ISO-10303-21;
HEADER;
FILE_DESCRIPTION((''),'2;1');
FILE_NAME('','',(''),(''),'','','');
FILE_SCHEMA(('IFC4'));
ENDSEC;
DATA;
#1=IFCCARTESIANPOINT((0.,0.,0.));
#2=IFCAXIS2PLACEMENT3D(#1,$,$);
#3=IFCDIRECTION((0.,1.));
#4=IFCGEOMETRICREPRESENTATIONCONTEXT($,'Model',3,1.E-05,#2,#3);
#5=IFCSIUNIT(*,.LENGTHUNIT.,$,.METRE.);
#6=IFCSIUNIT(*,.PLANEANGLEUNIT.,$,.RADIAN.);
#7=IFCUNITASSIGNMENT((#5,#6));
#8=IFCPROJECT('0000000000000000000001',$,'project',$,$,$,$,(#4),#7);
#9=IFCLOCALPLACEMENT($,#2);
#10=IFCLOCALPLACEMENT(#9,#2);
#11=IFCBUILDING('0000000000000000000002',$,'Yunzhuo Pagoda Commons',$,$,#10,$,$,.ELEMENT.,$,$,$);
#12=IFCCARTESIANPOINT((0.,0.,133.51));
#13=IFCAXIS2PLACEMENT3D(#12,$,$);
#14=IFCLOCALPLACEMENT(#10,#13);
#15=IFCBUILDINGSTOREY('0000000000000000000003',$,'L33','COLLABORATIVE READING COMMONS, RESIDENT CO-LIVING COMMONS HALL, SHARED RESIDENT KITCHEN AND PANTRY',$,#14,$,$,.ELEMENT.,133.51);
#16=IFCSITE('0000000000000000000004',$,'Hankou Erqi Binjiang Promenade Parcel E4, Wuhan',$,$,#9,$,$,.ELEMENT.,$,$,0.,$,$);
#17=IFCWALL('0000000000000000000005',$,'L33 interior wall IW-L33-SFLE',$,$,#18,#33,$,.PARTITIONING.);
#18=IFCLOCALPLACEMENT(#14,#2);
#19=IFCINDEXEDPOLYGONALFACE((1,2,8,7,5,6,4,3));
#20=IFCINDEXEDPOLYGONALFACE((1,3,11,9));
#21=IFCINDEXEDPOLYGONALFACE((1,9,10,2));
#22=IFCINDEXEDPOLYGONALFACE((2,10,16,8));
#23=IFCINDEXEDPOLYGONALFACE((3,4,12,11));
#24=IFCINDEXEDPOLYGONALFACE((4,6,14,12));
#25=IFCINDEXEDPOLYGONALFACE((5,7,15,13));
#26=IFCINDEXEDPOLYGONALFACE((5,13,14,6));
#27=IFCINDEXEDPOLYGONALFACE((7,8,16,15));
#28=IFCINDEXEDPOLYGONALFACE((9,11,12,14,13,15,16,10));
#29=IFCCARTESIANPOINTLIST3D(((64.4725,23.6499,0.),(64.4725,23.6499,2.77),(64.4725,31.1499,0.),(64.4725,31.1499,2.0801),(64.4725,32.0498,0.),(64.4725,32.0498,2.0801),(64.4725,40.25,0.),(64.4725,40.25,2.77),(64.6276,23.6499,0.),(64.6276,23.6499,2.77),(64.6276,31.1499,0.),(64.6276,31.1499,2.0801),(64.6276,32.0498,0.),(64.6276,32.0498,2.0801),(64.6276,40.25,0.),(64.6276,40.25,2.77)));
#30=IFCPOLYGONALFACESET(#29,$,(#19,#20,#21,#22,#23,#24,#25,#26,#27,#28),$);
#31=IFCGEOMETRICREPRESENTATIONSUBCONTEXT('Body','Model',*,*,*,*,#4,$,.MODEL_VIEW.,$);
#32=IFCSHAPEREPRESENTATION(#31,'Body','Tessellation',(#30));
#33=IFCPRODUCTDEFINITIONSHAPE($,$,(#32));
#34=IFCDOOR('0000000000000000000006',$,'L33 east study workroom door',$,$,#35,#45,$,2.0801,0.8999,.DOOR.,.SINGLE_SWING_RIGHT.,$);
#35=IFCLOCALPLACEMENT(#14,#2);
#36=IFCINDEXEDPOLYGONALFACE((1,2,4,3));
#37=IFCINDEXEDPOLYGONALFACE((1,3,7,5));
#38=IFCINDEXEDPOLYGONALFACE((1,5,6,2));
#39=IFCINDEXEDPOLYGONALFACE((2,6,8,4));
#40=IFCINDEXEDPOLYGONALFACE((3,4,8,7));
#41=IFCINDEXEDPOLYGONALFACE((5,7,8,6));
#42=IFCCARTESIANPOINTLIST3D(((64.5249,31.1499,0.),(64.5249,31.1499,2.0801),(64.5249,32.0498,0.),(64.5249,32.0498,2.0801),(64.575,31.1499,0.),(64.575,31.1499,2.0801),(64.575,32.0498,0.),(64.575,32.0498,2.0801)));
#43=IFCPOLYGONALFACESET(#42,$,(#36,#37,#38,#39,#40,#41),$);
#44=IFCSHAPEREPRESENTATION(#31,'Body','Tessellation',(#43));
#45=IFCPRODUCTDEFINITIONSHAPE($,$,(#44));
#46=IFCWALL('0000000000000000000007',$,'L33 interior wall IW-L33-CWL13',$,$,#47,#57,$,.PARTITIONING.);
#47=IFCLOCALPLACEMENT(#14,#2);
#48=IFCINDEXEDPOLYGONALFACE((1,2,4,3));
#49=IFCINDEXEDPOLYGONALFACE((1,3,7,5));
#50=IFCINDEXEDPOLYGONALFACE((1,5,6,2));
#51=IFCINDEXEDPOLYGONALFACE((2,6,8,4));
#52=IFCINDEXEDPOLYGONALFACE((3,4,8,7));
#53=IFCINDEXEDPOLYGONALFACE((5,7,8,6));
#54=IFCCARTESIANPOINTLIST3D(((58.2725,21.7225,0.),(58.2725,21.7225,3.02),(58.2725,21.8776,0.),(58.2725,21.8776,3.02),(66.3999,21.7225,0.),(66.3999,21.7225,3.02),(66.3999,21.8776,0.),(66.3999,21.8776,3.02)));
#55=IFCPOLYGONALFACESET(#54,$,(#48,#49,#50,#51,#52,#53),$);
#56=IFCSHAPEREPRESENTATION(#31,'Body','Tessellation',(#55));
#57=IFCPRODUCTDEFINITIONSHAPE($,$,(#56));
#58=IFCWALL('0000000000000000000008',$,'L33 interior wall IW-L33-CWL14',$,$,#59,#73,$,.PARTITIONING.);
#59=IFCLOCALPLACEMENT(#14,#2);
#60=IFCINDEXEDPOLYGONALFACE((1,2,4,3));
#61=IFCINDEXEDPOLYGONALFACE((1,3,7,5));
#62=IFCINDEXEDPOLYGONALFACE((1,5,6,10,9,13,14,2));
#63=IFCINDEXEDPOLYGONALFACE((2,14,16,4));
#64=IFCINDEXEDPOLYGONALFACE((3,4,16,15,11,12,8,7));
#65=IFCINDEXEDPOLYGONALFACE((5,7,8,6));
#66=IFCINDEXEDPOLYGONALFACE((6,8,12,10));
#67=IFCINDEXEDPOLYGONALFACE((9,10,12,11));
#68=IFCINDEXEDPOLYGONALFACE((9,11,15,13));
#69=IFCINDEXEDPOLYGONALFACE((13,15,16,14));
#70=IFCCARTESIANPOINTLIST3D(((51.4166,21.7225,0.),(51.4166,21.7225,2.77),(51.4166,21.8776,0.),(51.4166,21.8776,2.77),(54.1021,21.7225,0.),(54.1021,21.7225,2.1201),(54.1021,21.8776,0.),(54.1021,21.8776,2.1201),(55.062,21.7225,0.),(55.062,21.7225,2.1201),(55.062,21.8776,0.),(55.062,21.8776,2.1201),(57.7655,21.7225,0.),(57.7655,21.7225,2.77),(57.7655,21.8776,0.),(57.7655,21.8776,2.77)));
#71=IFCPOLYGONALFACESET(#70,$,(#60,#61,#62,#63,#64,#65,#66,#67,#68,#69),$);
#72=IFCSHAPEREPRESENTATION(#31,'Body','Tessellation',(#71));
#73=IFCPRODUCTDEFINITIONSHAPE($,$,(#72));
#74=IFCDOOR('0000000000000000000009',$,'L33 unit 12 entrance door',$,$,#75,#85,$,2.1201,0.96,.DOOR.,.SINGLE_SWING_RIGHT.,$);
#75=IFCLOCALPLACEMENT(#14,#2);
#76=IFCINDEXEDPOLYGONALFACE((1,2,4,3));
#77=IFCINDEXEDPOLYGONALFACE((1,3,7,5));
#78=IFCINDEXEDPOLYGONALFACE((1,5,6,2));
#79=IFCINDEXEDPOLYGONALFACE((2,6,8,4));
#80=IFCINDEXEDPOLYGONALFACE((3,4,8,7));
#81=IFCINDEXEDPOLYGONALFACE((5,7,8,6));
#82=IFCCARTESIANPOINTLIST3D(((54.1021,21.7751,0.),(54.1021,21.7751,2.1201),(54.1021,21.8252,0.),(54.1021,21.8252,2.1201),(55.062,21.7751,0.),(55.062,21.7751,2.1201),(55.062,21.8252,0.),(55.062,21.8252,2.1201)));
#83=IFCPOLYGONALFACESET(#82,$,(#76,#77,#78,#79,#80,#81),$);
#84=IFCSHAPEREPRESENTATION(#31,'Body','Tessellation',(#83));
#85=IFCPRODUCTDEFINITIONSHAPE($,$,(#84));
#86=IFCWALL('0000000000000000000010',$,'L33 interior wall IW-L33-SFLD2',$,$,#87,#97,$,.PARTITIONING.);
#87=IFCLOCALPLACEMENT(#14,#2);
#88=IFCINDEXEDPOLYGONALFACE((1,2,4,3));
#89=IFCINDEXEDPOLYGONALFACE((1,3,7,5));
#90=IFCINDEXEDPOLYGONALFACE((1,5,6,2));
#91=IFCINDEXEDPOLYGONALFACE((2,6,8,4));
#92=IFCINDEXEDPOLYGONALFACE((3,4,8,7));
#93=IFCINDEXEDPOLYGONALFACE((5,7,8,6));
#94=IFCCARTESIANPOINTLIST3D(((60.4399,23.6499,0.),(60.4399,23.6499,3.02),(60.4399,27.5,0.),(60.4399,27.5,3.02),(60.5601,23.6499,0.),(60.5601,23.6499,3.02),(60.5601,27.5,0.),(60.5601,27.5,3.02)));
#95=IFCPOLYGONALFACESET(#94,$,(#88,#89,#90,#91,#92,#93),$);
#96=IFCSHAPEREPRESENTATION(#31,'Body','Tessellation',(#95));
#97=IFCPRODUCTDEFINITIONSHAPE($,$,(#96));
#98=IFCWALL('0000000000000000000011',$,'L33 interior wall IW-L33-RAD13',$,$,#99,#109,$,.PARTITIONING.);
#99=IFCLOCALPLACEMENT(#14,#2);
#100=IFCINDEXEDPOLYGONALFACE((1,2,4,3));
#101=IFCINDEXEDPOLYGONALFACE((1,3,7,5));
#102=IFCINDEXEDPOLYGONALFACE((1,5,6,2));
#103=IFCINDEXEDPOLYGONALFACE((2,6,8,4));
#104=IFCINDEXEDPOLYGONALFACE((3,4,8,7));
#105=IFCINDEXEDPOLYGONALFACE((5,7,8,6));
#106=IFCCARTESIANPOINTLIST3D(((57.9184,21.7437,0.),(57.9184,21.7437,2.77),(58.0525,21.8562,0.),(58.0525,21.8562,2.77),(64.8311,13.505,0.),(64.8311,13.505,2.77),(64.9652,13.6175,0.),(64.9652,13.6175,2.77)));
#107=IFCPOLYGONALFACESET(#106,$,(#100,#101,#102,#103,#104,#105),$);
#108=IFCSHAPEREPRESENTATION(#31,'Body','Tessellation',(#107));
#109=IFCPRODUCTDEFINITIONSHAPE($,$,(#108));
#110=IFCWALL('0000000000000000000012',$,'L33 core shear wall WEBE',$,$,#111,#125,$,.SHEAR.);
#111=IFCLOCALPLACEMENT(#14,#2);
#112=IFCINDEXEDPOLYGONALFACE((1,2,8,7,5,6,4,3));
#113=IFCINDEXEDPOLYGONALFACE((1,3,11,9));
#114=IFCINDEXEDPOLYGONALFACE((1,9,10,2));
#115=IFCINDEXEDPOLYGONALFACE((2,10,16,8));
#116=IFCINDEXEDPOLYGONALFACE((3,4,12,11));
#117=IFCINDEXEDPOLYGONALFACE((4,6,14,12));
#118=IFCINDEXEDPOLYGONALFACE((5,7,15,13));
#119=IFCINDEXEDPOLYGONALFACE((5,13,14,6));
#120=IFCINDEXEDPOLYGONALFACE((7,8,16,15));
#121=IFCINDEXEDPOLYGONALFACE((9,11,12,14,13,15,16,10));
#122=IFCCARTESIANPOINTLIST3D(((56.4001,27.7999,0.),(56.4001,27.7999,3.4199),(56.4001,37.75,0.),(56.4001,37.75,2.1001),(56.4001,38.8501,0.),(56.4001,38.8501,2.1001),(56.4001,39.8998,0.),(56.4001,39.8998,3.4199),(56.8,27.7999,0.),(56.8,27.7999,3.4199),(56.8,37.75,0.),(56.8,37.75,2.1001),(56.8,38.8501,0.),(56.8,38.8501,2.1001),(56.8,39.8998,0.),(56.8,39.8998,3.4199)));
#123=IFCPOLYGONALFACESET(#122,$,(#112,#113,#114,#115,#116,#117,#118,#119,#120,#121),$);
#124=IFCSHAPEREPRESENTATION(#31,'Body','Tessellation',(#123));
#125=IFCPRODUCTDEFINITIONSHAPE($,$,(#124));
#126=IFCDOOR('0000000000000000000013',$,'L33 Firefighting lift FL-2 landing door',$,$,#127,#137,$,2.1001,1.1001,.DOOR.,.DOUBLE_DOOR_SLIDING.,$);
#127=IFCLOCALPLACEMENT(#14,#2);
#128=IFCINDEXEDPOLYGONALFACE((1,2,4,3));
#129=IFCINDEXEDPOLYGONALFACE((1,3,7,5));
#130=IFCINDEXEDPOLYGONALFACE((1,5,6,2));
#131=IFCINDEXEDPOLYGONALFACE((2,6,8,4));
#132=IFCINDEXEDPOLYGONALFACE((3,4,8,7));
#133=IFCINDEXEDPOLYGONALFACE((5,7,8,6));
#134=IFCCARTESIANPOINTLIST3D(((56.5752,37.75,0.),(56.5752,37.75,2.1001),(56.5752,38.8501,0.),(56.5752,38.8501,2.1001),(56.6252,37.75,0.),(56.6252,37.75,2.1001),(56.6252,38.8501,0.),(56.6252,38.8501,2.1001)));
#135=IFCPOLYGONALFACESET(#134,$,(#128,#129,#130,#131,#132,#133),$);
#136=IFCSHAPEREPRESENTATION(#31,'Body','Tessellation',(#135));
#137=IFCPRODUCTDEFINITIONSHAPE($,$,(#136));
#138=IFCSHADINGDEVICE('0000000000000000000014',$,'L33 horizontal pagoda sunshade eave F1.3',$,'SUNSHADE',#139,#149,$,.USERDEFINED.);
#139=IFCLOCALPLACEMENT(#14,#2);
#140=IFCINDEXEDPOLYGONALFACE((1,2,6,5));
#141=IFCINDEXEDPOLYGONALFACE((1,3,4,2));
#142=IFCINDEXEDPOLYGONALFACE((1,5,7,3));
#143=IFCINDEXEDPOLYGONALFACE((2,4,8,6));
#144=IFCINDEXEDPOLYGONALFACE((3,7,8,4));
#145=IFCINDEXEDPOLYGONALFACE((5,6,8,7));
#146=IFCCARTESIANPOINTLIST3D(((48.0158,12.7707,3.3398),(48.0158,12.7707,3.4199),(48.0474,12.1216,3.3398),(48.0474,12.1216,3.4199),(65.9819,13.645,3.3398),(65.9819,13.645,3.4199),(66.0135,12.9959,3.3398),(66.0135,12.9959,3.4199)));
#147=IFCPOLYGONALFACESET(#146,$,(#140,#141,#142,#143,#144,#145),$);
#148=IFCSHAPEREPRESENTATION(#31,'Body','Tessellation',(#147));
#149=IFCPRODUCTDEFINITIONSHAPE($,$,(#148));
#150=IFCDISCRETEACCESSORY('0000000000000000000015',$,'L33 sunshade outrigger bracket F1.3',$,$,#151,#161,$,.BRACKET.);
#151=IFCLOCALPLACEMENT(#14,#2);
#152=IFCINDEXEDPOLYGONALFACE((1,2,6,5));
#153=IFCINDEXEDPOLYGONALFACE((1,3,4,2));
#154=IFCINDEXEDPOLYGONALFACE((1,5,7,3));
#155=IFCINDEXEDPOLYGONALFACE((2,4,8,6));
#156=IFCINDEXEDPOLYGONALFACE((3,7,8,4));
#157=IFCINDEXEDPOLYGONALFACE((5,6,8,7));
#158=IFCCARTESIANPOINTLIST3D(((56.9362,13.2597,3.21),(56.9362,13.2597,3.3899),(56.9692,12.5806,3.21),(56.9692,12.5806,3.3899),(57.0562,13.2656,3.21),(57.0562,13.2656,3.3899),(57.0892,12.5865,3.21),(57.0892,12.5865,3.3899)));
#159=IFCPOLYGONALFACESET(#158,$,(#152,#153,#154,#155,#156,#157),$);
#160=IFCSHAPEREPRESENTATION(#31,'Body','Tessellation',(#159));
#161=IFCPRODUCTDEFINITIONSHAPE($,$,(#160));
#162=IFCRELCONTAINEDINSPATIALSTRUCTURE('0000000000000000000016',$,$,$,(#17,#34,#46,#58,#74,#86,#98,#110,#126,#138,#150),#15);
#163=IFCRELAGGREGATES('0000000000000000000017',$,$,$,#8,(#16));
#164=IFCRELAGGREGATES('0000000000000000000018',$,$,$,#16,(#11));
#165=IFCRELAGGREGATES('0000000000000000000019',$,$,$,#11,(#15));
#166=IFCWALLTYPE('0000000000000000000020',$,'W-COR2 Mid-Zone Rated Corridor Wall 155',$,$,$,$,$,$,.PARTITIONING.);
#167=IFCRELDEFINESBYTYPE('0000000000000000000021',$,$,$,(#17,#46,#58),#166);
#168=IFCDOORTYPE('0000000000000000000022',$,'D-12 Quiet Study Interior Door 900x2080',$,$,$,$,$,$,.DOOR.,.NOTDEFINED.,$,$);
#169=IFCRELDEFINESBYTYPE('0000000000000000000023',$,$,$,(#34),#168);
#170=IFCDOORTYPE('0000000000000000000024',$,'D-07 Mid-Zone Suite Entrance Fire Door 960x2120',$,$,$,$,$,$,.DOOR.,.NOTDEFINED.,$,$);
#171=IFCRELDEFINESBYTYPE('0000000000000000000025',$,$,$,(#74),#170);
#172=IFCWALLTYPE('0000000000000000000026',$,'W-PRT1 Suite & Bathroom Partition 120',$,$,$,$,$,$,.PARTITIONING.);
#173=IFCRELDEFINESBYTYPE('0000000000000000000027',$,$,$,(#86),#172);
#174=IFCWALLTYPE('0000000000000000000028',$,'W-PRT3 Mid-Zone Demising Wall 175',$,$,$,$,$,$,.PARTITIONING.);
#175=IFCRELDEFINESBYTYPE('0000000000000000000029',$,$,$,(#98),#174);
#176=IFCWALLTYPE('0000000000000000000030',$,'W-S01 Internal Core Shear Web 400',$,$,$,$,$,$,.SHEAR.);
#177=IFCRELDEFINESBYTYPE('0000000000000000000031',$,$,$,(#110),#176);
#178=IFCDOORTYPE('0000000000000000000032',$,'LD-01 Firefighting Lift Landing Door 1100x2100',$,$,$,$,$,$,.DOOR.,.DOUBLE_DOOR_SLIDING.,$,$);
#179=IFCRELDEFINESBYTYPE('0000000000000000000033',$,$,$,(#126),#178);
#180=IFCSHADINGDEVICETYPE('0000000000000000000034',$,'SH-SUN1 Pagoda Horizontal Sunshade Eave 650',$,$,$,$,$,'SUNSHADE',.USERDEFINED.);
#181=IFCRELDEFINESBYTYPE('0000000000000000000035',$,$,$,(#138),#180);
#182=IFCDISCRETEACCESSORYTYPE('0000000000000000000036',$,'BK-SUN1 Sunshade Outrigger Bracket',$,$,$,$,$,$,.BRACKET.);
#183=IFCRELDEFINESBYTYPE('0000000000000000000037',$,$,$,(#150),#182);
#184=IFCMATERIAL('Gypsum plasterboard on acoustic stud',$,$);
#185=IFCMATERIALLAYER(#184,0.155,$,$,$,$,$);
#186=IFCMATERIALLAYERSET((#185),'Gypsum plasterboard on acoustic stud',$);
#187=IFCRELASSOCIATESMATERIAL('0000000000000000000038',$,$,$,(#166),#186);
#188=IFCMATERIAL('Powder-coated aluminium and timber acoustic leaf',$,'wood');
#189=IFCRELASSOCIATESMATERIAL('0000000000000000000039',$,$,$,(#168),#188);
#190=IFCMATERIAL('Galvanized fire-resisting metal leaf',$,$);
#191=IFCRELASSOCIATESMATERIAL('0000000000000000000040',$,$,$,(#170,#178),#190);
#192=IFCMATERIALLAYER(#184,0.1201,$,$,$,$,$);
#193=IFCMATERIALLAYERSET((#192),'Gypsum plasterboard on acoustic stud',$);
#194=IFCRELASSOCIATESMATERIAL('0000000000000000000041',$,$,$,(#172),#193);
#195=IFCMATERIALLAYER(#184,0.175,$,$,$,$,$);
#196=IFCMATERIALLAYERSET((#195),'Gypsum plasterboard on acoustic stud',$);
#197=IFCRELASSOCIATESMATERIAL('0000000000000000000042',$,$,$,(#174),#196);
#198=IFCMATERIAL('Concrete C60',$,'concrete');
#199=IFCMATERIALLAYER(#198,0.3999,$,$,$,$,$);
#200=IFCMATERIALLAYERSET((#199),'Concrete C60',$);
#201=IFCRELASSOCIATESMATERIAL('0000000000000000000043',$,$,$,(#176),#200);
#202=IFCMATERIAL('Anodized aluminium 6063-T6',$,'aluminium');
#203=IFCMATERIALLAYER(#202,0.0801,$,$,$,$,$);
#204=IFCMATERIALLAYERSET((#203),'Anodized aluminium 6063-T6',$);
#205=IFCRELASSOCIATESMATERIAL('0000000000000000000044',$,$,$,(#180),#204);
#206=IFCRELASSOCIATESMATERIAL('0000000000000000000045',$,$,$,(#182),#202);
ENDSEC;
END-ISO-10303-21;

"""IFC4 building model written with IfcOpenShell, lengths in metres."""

from ifc_helpers import new_model, si_unit, direction, frame, frame_2d, origin, origin_with_axes, origin_2d, place, context, subcontext, project, spatial, rectangle, extrude, source, transform, mapped, material, layer, layer_set, type_object, element, fill, save


model = new_model("IFC4")

# Units and contexts
model_context = context("Model", 3, precision=1e-05, world=origin(), true_north=direction((0.0, 1.0)))
body_context = subcontext(model_context, "Body", "Model", "MODEL_VIEW")
ifc_project = project(units=[si_unit("LENGTHUNIT", "METRE"), si_unit("PLANEANGLEUNIT", "RADIAN")], contexts=[model_context])

# Site, building, storey
site_placement = place(None, origin())
site = spatial("IfcSite", under=ifc_project, at=site_placement, Name="Hankou Erqi Binjiang Promenade Parcel E4, Wuhan", CompositionType="ELEMENT", RefElevation=0.0)
building_placement = place(site_placement, origin())
building = spatial("IfcBuilding", under=site, at=building_placement, Name="Yunzhuo Pagoda Commons", CompositionType="ELEMENT")
storey_placement = place(building_placement, frame((0.0, 0.0, 133.51)))
storey = spatial("IfcBuildingStorey", under=building, at=storey_placement, Name="L33", Description="COLLABORATIVE READING COMMONS, RESIDENT CO-LIVING COMMONS HALL, SHARED RESIDENT KITCHEN AND PANTRY", CompositionType="ELEMENT", Elevation=133.51)

# Shared definitions
ifc_material_1 = material(Name="Anodized aluminium 6063-T6", Category="aluminium")

# Shared definitions
ifc_material_2 = material(Name="Concrete C60", Category="concrete")

# Wall, opening, door
ifc_material_3 = material(Name="Gypsum plasterboard on acoustic stud")
ifc_layer_1 = layer(ifc_material_3, 0.155)
ifc_layer_set_1 = layer_set([ifc_layer_1], Name="Gypsum plasterboard on acoustic stud")
wall_type_1 = type_object("IfcWallType", Name="W-COR2 Mid-Zone Rated Corridor Wall 155", PredefinedType="PARTITIONING", material=ifc_layer_set_1)
wall_1_placement = place(storey_placement, frame((64.55, 23.6499, 0.0), z_axis=(0.0, 0.0, 1.0), x_axis=(0.0, 1.0, 0.0)))
wall_1 = element("IfcWall", 1, at=wall_1_placement, inside=storey, type_object=wall_type_1, Name="L33 interior wall IW-L33-SFLE", PredefinedType="PARTITIONING", context=body_context, shape_type="SweptSolid", body=[
    extrude(rectangle(XDim=16.6001, YDim=0.155, at=frame_2d((8.3, 0.0))), origin(), (0.0, 0.0, 1.0), 2.77),
])
opening_1_placement = place(wall_1_placement, frame((7.5, 0.0, 0.0)))
opening_1 = element("IfcOpeningElement", 2, at=opening_1_placement, cuts=wall_1, PredefinedType="OPENING", context=body_context, shape_type="SweptSolid", body=[
    extrude(rectangle(XDim=0.8999, YDim=2.0801, at=frame_2d((0.45, 1.04))), frame((0.0, 0.0874, 0.0), z_axis=(0.0, -1.0, 0.0), x_axis=(1.0, 0.0, 0.0)), (0.0, 0.0, 1.0), 0.175),
])
ifc_material_4 = material(Name="Powder-coated aluminium and timber acoustic leaf", Category="wood")
door_type_1 = type_object("IfcDoorType", Name="D-12 Quiet Study Interior Door 900x2080", OperationType="NOTDEFINED", PredefinedType="DOOR", material=ifc_material_4)
shared_shape_1 = source(origin(), body_context, "Body", "SweptSolid", [
    extrude(rectangle(XDim=0.8999, YDim=2.0801, at=frame_2d((0.45, 1.04))), frame((0.0, 0.0249, 0.0), z_axis=(0.0, -1.0, 0.0), x_axis=(1.0, 0.0, 0.0)), (0.0, 0.0, 1.0), 0.05),
])
door_1_placement = place(opening_1_placement, frame((0.8999, 0.0, 0.0), z_axis=(0.0, 0.0, 1.0), x_axis=(-1.0, 0.0, 0.0)))
door_1 = element("IfcDoor", 3, at=door_1_placement, inside=storey, type_object=door_type_1, Name="L33 east study workroom door", OperationType="SINGLE_SWING_RIGHT", OverallHeight=2.0801, OverallWidth=0.8999, PredefinedType="DOOR", context=body_context, shape_type="MappedRepresentation", body=[
    mapped(shared_shape_1, transform((0.0, 0.0, 0.0), scale=1.0)),
])
fill(opening_1, door_1)

# Wall
wall_2_placement = place(storey_placement, frame((66.3999, 21.8, 0.0), z_axis=(0.0, 0.0, 1.0), x_axis=(-1.0, 0.0, 0.0)))
element("IfcWall", 4, at=wall_2_placement, inside=storey, type_object=wall_type_1, Name="L33 interior wall IW-L33-CWL13", PredefinedType="PARTITIONING", context=body_context, shape_type="SweptSolid", body=[
    extrude(rectangle(XDim=8.1274, YDim=0.155, at=frame_2d((4.0637, 0.0))), origin(), (0.0, 0.0, 1.0), 3.02),
])

# Wall, opening, door
wall_3_placement = place(storey_placement, frame((57.7654, 21.8, 0.0), z_axis=(0.0, 0.0, 1.0), x_axis=(-1.0, 0.0, 0.0)))
wall_3 = element("IfcWall", 5, at=wall_3_placement, inside=storey, type_object=wall_type_1, Name="L33 interior wall IW-L33-CWL14", PredefinedType="PARTITIONING", context=body_context, shape_type="SweptSolid", body=[
    extrude(rectangle(XDim=6.3489, YDim=0.155, at=frame_2d((3.1743, 0.0))), origin(), (0.0, 0.0, 1.0), 2.77),
])
opening_2_placement = place(wall_3_placement, frame((2.7034, 0.0, 0.0)))
opening_2 = element("IfcOpeningElement", 6, at=opening_2_placement, cuts=wall_3, PredefinedType="OPENING", context=body_context, shape_type="SweptSolid", body=[
    extrude(rectangle(XDim=0.96, YDim=2.1201, at=frame_2d((0.48, 1.0601))), frame((0.0, 0.0874, 0.0), z_axis=(0.0, -1.0, 0.0), x_axis=(1.0, 0.0, 0.0)), (0.0, 0.0, 1.0), 0.175),
])
ifc_material_5 = material(Name="Galvanized fire-resisting metal leaf")
door_type_2 = type_object("IfcDoorType", Name="D-07 Mid-Zone Suite Entrance Fire Door 960x2120", OperationType="NOTDEFINED", PredefinedType="DOOR", material=ifc_material_5)
shared_shape_2 = source(origin(), body_context, "Body", "SweptSolid", [
    extrude(rectangle(XDim=0.96, YDim=2.1201, at=frame_2d((0.48, 1.0601))), frame((0.0, 0.0249, 0.0), z_axis=(0.0, -1.0, 0.0), x_axis=(1.0, 0.0, 0.0)), (0.0, 0.0, 1.0), 0.05),
])
door_2_placement = place(opening_2_placement, origin_with_axes())
door_2 = element("IfcDoor", 7, at=door_2_placement, inside=storey, type_object=door_type_2, Name="L33 unit 12 entrance door", OperationType="SINGLE_SWING_RIGHT", OverallHeight=2.1201, OverallWidth=0.96, PredefinedType="DOOR", context=body_context, shape_type="MappedRepresentation", body=[
    mapped(shared_shape_2, transform((0.0, 0.0, 0.0), scale=1.0)),
])
fill(opening_2, door_2)

# Walls
ifc_layer_2 = layer(ifc_material_3, 0.1201)
ifc_layer_set_2 = layer_set([ifc_layer_2], Name="Gypsum plasterboard on acoustic stud")
wall_type_2 = type_object("IfcWallType", Name="W-PRT1 Suite & Bathroom Partition 120", PredefinedType="PARTITIONING", material=ifc_layer_set_2)
wall_4_placement = place(storey_placement, frame((60.5, 23.6499, 0.0), z_axis=(0.0, 0.0, 1.0), x_axis=(0.0, 1.0, 0.0)))
element("IfcWall", 8, at=wall_4_placement, inside=storey, type_object=wall_type_2, Name="L33 interior wall IW-L33-SFLD2", PredefinedType="PARTITIONING", context=body_context, shape_type="SweptSolid", body=[
    extrude(rectangle(XDim=3.8501, YDim=0.1201, at=frame_2d((1.925, 0.0))), origin(), (0.0, 0.0, 1.0), 3.02),
])
ifc_layer_3 = layer(ifc_material_3, 0.175)
ifc_layer_set_3 = layer_set([ifc_layer_3], Name="Gypsum plasterboard on acoustic stud")
wall_type_3 = type_object("IfcWallType", Name="W-PRT3 Mid-Zone Demising Wall 175", PredefinedType="PARTITIONING", material=ifc_layer_set_3)
wall_5_placement = place(storey_placement, frame((57.9854, 21.8, 0.0), z_axis=(0.0, 0.0, 1.0), x_axis=(0.642771, -0.766058, 0.0)))
element("IfcWall", 9, at=wall_5_placement, inside=storey, type_object=wall_type_3, Name="L33 interior wall IW-L33-RAD13", PredefinedType="PARTITIONING", context=body_context, shape_type="SweptSolid", body=[
    extrude(rectangle(XDim=10.7546, YDim=0.175, at=frame_2d((5.3774, 0.0))), origin(), (0.0, 0.0, 1.0), 2.77),
])

# Wall, opening, door
ifc_layer_4 = layer(ifc_material_2, 0.3999)
ifc_layer_set_4 = layer_set([ifc_layer_4], Name="Concrete C60")
wall_type_4 = type_object("IfcWallType", Name="W-S01 Internal Core Shear Web 400", PredefinedType="SHEAR", material=ifc_layer_set_4)
wall_6_placement = place(storey_placement, frame((56.6001, 27.8, 0.0), z_axis=(0.0, 0.0, 1.0), x_axis=(0.0, 1.0, 0.0)))
wall_6 = element("IfcWall", 10, at=wall_6_placement, inside=storey, type_object=wall_type_4, Name="L33 core shear wall WEBE", PredefinedType="SHEAR", context=body_context, shape_type="SweptSolid", body=[
    extrude(rectangle(XDim=12.0999, YDim=0.3999, at=frame_2d((6.0498, 0.0))), origin(), (0.0, 0.0, 1.0), 3.4199),
])
opening_3_placement = place(wall_6_placement, frame((9.95, 0.0, 0.0)))
opening_3 = element("IfcOpeningElement", 11, at=opening_3_placement, cuts=wall_6, PredefinedType="OPENING", context=body_context, shape_type="SweptSolid", body=[
    extrude(rectangle(XDim=1.1001, YDim=2.1001, at=frame_2d((0.55, 1.05))), frame((0.0, 0.21, 0.0), z_axis=(0.0, -1.0, 0.0), x_axis=(1.0, 0.0, 0.0)), (0.0, 0.0, 1.0), 0.4199),
])
door_type_3 = type_object("IfcDoorType", Name="LD-01 Firefighting Lift Landing Door 1100x2100", OperationType="DOUBLE_DOOR_SLIDING", PredefinedType="DOOR", material=ifc_material_5)
shared_shape_3 = source(origin(), body_context, "Body", "SweptSolid", [
    extrude(rectangle(XDim=1.1001, YDim=2.1001, at=frame_2d((0.55, 1.05))), frame((0.0, 0.0249, 0.0), z_axis=(0.0, -1.0, 0.0), x_axis=(1.0, 0.0, 0.0)), (0.0, 0.0, 1.0), 0.05),
])
door_3_placement = place(opening_3_placement, origin_with_axes())
door_3 = element("IfcDoor", 12, at=door_3_placement, inside=storey, type_object=door_type_3, Name="L33 Firefighting lift FL-2 landing door", OperationType="DOUBLE_DOOR_SLIDING", OverallHeight=2.1001, OverallWidth=1.1001, PredefinedType="DOOR", context=body_context, shape_type="MappedRepresentation", body=[
    mapped(shared_shape_3, transform((0.0, 0.0, 0.0), scale=1.0)),
])
fill(opening_3, door_3)

# Shading device
ifc_layer_5 = layer(ifc_material_1, 0.0801)
ifc_layer_set_5 = layer_set([ifc_layer_5], Name="Anodized aluminium 6063-T6")
shading_device_type = type_object("IfcShadingDeviceType", Name="SH-SUN1 Pagoda Horizontal Sunshade Eave 650", ElementType="SUNSHADE", PredefinedType="USERDEFINED", material=ifc_layer_set_5)
shared_shape_4 = source(origin(), body_context, "Body", "SweptSolid", [
    extrude(rectangle(XDim=17.9873, YDim=0.6499, at=origin_2d()), origin(), (0.0, 0.0, 1.0), 0.0801),
])
shading_device_placement = place(storey_placement, frame((57.0146, 12.8833, 3.3398), z_axis=(0.0, 0.0, 1.0), x_axis=(0.998818, 0.048606, 0.0)))
element("IfcShadingDevice", 13, at=shading_device_placement, inside=storey, type_object=shading_device_type, Name="L33 horizontal pagoda sunshade eave F1.3", ObjectType="SUNSHADE", PredefinedType="USERDEFINED", context=body_context, shape_type="MappedRepresentation", body=[
    mapped(shared_shape_4, transform((0.0, 0.0, 0.0), scale=1.0)),
])

# Discrete accessory
discrete_accessory_type = type_object("IfcDiscreteAccessoryType", Name="BK-SUN1 Sunshade Outrigger Bracket", PredefinedType="BRACKET", material=ifc_material_1)
shared_shape_5 = source(origin(), body_context, "Body", "SweptSolid", [
    extrude(rectangle(XDim=0.1201, YDim=0.6799, at=origin_2d()), origin(), (0.0, 0.0, 1.0), 0.1799),
])
discrete_accessory_placement = place(storey_placement, frame((57.0127, 12.9231, 3.21), z_axis=(0.0, 0.0, 1.0), x_axis=(0.998818, 0.048606, 0.0)))
element("IfcDiscreteAccessory", 14, at=discrete_accessory_placement, inside=storey, type_object=discrete_accessory_type, Name="L33 sunshade outrigger bracket F1.3", PredefinedType="BRACKET", context=body_context, shape_type="MappedRepresentation", body=[
    mapped(shared_shape_5, transform((0.0, 0.0, 0.0), scale=1.0)),
])

save(model, "model.ifc")
